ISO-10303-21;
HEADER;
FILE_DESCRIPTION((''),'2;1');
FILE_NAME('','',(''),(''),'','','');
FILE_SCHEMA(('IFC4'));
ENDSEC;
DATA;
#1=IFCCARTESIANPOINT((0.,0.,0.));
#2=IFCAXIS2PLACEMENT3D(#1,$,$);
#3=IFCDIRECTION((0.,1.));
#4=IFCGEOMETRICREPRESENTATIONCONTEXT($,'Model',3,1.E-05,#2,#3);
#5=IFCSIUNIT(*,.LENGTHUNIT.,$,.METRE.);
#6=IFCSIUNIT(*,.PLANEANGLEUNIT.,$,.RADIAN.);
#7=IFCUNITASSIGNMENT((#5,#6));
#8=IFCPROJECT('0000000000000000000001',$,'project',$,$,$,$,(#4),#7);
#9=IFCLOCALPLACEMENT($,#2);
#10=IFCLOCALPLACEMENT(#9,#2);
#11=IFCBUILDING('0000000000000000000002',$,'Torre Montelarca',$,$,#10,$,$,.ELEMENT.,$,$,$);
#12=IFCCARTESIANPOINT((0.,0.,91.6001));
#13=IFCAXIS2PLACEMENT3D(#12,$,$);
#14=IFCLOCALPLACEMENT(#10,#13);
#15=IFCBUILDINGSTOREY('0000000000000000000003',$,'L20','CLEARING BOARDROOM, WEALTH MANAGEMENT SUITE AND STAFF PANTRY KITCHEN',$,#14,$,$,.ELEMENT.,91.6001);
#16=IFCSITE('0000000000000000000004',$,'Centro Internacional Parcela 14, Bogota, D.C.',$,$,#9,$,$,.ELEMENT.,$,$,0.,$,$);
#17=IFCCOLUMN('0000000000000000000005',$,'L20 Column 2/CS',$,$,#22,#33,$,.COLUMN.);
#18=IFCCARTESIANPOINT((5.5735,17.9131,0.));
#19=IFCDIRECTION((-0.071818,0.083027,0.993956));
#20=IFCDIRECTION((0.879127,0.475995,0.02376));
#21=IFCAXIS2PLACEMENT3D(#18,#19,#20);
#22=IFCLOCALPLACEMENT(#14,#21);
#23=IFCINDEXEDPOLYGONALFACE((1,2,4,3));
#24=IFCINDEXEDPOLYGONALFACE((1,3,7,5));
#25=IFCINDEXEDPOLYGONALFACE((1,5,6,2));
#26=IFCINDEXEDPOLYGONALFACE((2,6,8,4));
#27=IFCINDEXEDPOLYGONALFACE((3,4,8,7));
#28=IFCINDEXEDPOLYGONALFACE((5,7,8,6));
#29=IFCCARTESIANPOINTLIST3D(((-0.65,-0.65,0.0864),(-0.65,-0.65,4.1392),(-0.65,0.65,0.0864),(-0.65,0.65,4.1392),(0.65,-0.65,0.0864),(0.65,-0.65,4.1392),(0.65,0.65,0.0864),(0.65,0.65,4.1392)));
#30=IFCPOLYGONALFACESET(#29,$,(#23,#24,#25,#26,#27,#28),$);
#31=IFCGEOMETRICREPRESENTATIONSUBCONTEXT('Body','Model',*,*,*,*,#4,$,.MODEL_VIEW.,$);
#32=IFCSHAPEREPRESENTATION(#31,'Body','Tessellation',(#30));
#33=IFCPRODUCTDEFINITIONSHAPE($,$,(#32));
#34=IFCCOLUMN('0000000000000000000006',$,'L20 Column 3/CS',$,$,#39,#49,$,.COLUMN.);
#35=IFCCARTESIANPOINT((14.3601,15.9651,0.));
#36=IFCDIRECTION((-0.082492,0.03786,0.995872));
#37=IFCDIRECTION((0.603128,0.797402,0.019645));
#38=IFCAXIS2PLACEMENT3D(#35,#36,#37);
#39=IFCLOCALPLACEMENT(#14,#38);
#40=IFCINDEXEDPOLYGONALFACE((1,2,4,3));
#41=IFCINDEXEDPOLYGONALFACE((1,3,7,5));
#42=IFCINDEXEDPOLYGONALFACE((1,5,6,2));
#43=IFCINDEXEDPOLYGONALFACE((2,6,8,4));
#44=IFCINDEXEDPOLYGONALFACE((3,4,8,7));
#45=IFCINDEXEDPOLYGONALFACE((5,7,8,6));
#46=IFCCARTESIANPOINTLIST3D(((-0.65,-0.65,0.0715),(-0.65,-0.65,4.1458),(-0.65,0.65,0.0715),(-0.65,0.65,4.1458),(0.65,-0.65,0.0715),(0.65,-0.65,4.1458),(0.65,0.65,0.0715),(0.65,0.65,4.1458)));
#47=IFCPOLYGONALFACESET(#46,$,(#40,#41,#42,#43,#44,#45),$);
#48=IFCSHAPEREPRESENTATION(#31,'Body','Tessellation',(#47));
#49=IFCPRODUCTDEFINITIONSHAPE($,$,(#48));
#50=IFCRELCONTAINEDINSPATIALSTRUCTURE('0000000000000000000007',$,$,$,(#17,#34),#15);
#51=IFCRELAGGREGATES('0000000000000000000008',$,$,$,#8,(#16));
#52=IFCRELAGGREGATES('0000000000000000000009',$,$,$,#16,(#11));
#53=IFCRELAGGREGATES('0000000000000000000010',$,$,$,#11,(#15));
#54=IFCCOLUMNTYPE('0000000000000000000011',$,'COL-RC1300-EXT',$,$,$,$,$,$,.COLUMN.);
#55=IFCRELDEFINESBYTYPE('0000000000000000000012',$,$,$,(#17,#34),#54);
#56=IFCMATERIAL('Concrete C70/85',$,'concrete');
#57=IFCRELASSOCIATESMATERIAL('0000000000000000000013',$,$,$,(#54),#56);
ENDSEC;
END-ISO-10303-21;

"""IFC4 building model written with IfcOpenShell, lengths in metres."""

from ifc_helpers import new_model, si_unit, direction, frame, origin, origin_2d, place, context, subcontext, project, spatial, rectangle, extrude, clip, halfspace, material, material_profile, profile_set, type_object, element, save


model = new_model("IFC4")

# Units and contexts
model_context = context("Model", 3, precision=1e-05, world=origin(), true_north=direction((0.0, 1.0)))
body_context = subcontext(model_context, "Body", "Model", "MODEL_VIEW")
ifc_project = project(units=[si_unit("LENGTHUNIT", "METRE"), si_unit("PLANEANGLEUNIT", "RADIAN")], contexts=[model_context])

# Site, building, storey
site_placement = place(None, origin())
site = spatial("IfcSite", under=ifc_project, at=site_placement, Name="Centro Internacional Parcela 14, Bogota, D.C.", CompositionType="ELEMENT", RefElevation=0.0)
building_placement = place(site_placement, origin())
building = spatial("IfcBuilding", under=site, at=building_placement, Name="Torre Montelarca", CompositionType="ELEMENT")
storey_placement = place(building_placement, frame((0.0, 0.0, 91.6001)))
storey = spatial("IfcBuildingStorey", under=building, at=storey_placement, Name="L20", Description="CLEARING BOARDROOM, WEALTH MANAGEMENT SUITE AND STAFF PANTRY KITCHEN", CompositionType="ELEMENT", Elevation=91.6001)

# Columns
ifc_material_1 = material(Name="Concrete C70/85", Category="concrete")
ifc_material_profile_1 = material_profile(ifc_material_1, rectangle(XDim=1.3, YDim=1.3, at=origin_2d()), Name="RC1300X1300", Category="concrete")
ifc_profile_set_1 = profile_set([ifc_material_profile_1], Name="Concrete C70/85")
column_type = type_object("IfcColumnType", Name="COL-RC1300-EXT", PredefinedType="COLUMN", material=ifc_profile_set_1)
column_1_placement = place(storey_placement, frame((5.5735, 17.9131, 0.0), z_axis=(-0.071818, 0.083027, 0.993956), x_axis=(0.879127, 0.475995, 0.02376)))
element("IfcColumn", 1, at=column_1_placement, inside=storey, type_object=column_type, Name="L20 Column 2/CS", PredefinedType="COLUMN", context=body_context, shape_type="Clipping", body=[
    clip(clip(extrude(rectangle(XDim=1.3, YDim=1.3, at=origin_2d()), origin(), (0.0, 0.0, 1.0), 4.2256), halfspace(frame((0.0, 0.0, 0.0864), z_axis=(0.0, 0.0, -1.0), x_axis=(1.0, 0.0, 0.0)), False)), halfspace(frame((0.0, 0.0, 4.1392), z_axis=(0.0, 0.0, 1.0), x_axis=(1.0, 0.0, 0.0)), False)),
])
column_2_placement = place(storey_placement, frame((14.3601, 15.9651, 0.0), z_axis=(-0.082492, 0.03786, 0.995872), x_axis=(0.603128, 0.797402, 0.019645)))
element("IfcColumn", 2, at=column_2_placement, inside=storey, type_object=column_type, Name="L20 Column 3/CS", PredefinedType="COLUMN", context=body_context, shape_type="Clipping", body=[
    clip(clip(extrude(rectangle(XDim=1.3, YDim=1.3, at=origin_2d()), origin(), (0.0, 0.0, 1.0), 4.2173), halfspace(frame((0.0, 0.0, 0.0715), z_axis=(0.0, 0.0, -1.0), x_axis=(1.0, 0.0, 0.0)), False)), halfspace(frame((0.0, 0.0, 4.1458), z_axis=(0.0, 0.0, 1.0), x_axis=(1.0, 0.0, 0.0)), False)),
])

save(model, "model.ifc")
